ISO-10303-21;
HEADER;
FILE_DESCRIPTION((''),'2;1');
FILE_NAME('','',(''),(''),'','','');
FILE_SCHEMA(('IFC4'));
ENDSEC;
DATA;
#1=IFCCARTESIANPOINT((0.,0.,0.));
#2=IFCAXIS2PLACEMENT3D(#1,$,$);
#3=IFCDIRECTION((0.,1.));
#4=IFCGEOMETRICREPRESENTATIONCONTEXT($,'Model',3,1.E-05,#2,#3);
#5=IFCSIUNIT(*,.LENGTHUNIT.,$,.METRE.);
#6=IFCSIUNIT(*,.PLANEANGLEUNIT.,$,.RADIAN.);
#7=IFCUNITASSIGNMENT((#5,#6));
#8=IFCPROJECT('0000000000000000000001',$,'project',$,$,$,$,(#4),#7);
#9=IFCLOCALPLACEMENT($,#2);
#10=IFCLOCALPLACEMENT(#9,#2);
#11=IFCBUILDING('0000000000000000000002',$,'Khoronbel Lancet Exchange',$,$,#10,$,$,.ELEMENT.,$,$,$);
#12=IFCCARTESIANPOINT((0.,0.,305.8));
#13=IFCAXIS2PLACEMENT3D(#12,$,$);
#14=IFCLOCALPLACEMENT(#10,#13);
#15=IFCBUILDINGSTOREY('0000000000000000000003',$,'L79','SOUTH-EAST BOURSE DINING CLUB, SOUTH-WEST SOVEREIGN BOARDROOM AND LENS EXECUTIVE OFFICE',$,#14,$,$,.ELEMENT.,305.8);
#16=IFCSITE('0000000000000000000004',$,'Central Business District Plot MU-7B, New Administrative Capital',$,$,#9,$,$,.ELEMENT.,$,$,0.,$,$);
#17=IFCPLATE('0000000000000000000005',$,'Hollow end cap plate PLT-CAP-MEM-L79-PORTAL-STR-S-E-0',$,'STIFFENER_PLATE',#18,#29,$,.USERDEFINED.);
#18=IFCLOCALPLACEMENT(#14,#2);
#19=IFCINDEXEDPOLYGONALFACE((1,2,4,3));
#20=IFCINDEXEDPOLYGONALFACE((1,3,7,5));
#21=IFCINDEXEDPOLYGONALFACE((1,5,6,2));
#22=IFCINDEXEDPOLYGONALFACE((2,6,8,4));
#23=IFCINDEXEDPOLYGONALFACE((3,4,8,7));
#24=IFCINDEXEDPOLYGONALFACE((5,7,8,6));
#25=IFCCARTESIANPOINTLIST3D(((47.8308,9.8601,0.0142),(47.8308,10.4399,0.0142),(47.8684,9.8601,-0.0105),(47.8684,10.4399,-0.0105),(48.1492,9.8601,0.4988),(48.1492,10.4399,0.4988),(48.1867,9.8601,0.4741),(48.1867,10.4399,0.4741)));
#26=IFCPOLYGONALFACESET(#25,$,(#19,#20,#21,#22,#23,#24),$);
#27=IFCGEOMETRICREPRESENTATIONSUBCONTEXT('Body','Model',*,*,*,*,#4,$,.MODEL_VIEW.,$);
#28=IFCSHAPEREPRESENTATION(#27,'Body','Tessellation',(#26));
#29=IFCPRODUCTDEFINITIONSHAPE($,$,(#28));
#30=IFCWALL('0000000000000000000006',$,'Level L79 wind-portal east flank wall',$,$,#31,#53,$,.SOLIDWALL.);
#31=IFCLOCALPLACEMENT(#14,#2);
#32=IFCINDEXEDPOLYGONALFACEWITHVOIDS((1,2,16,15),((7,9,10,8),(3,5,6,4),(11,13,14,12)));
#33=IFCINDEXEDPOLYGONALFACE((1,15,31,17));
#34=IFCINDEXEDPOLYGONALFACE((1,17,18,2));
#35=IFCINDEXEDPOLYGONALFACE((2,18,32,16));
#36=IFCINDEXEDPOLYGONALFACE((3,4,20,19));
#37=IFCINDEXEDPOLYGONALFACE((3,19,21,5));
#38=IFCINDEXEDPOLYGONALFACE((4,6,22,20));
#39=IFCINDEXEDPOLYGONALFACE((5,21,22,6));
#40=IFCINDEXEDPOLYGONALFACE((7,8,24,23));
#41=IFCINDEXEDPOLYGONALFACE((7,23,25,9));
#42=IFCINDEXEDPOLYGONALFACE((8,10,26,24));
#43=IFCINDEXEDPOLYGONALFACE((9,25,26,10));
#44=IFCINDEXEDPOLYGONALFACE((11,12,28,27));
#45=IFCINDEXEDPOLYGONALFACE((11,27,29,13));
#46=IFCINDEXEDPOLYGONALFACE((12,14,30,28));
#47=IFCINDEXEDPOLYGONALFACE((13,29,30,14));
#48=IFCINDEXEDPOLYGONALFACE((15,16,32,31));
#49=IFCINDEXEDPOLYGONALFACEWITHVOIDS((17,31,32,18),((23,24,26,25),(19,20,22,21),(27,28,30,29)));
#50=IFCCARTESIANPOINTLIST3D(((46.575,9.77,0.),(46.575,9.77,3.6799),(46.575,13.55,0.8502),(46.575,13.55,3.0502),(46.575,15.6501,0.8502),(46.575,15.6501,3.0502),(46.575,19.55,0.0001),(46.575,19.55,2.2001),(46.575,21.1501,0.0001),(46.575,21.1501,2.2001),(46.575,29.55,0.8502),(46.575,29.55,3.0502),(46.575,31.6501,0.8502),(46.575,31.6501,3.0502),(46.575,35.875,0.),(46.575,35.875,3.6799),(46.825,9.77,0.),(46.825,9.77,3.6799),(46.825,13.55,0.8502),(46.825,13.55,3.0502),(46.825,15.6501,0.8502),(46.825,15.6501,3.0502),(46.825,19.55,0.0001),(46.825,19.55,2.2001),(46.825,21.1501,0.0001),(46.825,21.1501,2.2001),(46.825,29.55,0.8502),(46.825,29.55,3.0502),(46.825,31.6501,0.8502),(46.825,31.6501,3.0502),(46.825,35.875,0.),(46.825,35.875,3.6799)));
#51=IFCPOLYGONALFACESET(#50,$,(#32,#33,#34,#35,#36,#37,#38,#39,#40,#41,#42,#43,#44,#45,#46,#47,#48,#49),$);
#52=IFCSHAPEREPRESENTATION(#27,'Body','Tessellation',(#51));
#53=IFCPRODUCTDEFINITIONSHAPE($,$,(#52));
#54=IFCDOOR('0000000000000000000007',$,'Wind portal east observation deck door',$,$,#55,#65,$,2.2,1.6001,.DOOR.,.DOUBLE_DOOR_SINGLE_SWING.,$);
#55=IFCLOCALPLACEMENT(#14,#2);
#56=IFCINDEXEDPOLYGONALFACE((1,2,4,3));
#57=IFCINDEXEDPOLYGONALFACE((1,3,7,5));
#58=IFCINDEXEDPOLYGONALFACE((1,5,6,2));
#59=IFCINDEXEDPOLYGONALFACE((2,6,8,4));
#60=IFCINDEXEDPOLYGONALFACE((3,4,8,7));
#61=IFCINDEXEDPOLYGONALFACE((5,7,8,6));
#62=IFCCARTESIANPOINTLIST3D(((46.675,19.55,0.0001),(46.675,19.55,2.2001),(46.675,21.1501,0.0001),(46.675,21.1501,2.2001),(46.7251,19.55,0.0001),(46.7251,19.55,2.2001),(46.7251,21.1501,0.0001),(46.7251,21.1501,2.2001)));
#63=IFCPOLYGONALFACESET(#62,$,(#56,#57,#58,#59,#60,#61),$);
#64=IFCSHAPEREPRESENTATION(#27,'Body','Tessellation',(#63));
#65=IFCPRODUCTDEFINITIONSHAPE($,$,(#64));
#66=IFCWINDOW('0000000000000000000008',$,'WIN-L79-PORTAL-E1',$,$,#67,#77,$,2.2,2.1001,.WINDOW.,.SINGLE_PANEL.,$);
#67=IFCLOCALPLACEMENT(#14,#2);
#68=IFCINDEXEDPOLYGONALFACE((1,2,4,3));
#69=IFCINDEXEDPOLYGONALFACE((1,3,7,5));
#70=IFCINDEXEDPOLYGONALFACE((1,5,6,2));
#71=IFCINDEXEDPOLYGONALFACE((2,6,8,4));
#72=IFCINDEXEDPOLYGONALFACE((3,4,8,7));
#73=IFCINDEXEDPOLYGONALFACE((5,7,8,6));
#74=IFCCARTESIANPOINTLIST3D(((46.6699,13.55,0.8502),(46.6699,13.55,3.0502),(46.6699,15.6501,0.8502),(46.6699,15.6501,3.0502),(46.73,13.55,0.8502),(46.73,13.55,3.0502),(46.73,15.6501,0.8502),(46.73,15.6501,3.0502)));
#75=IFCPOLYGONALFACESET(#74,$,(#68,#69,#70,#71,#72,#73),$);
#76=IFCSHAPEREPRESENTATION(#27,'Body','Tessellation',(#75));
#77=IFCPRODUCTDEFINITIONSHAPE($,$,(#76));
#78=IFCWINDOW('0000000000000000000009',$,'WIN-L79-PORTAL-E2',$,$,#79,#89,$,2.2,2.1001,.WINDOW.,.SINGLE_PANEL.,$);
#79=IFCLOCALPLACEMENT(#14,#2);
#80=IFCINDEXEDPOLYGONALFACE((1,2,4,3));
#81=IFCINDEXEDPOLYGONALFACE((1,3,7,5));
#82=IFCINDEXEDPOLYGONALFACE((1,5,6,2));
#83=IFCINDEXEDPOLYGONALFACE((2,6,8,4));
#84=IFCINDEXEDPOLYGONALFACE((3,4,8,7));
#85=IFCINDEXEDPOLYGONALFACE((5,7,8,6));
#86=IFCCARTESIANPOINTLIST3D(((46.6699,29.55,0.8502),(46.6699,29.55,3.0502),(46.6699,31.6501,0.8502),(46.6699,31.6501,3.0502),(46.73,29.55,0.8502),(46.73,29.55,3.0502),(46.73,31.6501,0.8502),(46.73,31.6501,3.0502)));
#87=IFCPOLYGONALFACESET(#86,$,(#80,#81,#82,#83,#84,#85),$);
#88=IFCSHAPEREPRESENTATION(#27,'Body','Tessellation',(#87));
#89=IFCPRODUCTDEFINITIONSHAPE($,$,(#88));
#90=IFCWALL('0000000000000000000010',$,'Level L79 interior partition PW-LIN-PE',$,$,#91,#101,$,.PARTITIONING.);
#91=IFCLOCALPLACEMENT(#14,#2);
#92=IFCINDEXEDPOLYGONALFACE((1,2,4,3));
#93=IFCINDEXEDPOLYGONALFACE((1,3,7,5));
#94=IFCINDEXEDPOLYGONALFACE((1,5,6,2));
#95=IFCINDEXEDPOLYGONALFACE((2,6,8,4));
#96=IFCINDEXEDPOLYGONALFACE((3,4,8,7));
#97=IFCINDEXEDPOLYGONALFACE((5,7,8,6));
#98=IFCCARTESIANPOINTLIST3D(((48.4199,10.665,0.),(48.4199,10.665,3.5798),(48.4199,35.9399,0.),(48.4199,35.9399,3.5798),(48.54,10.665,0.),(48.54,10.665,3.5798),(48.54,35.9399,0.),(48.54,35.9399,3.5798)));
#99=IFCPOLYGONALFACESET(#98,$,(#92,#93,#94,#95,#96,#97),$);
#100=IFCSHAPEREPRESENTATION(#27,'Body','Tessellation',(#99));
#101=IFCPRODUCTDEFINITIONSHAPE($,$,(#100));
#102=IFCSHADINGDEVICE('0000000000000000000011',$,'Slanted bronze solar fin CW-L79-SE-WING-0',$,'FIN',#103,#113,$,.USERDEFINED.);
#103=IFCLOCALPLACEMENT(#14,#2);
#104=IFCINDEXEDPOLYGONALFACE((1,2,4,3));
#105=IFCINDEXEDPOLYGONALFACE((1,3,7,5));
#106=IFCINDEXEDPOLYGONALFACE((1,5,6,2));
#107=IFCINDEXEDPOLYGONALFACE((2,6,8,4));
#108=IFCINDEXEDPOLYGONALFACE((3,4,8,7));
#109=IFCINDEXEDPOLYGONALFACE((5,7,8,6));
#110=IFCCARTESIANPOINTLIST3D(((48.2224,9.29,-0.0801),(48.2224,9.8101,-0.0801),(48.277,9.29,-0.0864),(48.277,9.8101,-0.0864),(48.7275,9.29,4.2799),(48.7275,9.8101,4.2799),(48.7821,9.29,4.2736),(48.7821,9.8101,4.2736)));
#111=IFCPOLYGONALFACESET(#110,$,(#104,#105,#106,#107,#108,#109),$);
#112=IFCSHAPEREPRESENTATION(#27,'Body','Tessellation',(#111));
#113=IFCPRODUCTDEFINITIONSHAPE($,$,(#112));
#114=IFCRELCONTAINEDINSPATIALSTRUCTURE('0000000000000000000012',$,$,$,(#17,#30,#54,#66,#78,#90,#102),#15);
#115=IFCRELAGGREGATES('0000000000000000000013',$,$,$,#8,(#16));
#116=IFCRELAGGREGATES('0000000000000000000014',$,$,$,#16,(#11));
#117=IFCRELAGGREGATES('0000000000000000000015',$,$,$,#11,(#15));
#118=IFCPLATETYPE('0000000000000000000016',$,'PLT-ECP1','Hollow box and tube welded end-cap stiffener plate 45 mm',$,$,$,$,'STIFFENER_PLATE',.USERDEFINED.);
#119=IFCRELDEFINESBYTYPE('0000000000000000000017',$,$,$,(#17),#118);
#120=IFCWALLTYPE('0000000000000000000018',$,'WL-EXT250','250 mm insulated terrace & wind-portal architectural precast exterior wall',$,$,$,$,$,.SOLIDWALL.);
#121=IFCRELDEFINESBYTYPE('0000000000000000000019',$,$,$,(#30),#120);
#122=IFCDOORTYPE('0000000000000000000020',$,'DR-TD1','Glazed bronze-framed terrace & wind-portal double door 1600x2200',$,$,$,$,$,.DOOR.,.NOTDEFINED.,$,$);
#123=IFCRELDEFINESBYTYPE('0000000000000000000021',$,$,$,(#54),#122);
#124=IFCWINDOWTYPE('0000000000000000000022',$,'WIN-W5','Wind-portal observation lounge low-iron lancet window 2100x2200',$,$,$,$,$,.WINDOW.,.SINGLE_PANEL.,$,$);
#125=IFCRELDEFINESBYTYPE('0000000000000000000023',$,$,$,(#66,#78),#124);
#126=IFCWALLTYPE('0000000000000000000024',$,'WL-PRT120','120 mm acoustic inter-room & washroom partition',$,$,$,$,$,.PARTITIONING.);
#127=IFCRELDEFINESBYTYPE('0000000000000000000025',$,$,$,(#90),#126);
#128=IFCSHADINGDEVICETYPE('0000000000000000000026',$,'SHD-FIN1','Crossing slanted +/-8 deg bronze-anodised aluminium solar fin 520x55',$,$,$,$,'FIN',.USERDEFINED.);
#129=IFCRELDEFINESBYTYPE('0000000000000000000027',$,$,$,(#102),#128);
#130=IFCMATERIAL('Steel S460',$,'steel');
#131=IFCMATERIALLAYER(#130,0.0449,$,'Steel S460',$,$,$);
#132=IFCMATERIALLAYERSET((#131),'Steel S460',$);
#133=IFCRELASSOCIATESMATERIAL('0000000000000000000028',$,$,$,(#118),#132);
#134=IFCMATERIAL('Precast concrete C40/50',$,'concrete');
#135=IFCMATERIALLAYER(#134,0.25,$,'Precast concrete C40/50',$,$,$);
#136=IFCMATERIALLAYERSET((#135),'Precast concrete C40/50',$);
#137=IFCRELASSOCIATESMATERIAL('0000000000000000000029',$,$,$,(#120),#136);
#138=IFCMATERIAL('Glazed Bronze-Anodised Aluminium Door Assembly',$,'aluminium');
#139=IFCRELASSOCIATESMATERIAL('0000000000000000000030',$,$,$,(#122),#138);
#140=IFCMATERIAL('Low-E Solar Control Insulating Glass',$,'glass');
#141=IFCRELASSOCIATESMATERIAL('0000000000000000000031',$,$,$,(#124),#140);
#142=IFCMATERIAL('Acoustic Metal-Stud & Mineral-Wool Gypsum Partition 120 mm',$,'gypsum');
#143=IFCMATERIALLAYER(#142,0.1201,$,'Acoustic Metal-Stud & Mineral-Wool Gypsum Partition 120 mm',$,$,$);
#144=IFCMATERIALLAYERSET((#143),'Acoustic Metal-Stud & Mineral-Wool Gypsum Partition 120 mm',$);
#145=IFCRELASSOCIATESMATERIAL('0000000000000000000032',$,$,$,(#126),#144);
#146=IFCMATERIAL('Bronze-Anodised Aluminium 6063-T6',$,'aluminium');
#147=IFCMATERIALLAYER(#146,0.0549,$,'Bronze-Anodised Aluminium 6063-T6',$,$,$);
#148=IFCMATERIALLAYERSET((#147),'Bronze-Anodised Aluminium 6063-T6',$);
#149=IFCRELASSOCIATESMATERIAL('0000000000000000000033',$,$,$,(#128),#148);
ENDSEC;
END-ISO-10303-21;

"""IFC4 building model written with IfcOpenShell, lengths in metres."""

from ifc_helpers import new_model, si_unit, direction, frame, frame_2d, origin, place, context, subcontext, project, spatial, polyline, rectangle, outline, extrude, material, layer, layer_set, type_object, element, fill, save


model = new_model("IFC4")

# Units and contexts
model_context = context("Model", 3, precision=1e-05, world=origin(), true_north=direction((0.0, 1.0)))
body_context = subcontext(model_context, "Body", "Model", "MODEL_VIEW")
ifc_project = project(units=[si_unit("LENGTHUNIT", "METRE"), si_unit("PLANEANGLEUNIT", "RADIAN")], contexts=[model_context])

# Site, building, storey
site_placement = place(None, origin())
site = spatial("IfcSite", under=ifc_project, at=site_placement, Name="Central Business District Plot MU-7B, New Administrative Capital", CompositionType="ELEMENT", RefElevation=0.0)
building_placement = place(site_placement, origin())
building = spatial("IfcBuilding", under=site, at=building_placement, Name="Khoronbel Lancet Exchange", CompositionType="ELEMENT")
storey_placement = place(building_placement, frame((0.0, 0.0, 305.8)))
storey = spatial("IfcBuildingStorey", under=building, at=storey_placement, Name="L79", Description="SOUTH-EAST BOURSE DINING CLUB, SOUTH-WEST SOVEREIGN BOARDROOM AND LENS EXECUTIVE OFFICE", CompositionType="ELEMENT", Elevation=305.8)

# Shared definitions
ifc_material_1 = material(Name="Steel S460", Category="steel")

# Shared definitions
ifc_material_2 = material(Name="Low-E Solar Control Insulating Glass", Category="glass")
ifc_material_3 = material(Name="Bronze-Anodised Aluminium 6063-T6", Category="aluminium")

# Plate
ifc_layer_1 = layer(ifc_material_1, 0.0449, Name="Steel S460")
ifc_layer_set_1 = layer_set([ifc_layer_1], Name="Steel S460")
plate_type_1 = type_object("IfcPlateType", Name="PLT-ECP1", Description="Hollow box and tube welded end-cap stiffener plate 45 mm", ElementType="STIFFENER_PLATE", PredefinedType="USERDEFINED", material=ifc_layer_set_1)
plate_1_placement = place(storey_placement, frame((47.8308, 10.4399, 0.0142), z_axis=(-0.835788, 0.0, 0.549052), x_axis=(0.0, -1.0, 0.0)))
element("IfcPlate", 1, at=plate_1_placement, inside=storey, type_object=plate_type_1, Name="Hollow end cap plate PLT-CAP-MEM-L79-PORTAL-STR-S-E-0", ObjectType="STIFFENER_PLATE", PredefinedType="USERDEFINED", context=body_context, shape_type="SweptSolid", body=[
    extrude(outline(polyline([(0.0, 0.0), (0.5798, 0.0), (0.5798, 0.5798), (0.0, 0.5798), (0.0, 0.0)])), origin(), (0.0, 0.0, -1.0), 0.0449),
])

# Wall, openings, door, windows
ifc_material_4 = material(Name="Precast concrete C40/50", Category="concrete")
ifc_layer_2 = layer(ifc_material_4, 0.25, Name="Precast concrete C40/50")
ifc_layer_set_2 = layer_set([ifc_layer_2], Name="Precast concrete C40/50")
wall_type_1 = type_object("IfcWallType", Name="WL-EXT250", Description="250 mm insulated terrace & wind-portal architectural precast exterior wall", PredefinedType="SOLIDWALL", material=ifc_layer_set_2)
wall_1_placement = place(storey_placement, frame((46.7, 9.77, 0.0), z_axis=(0.0, 0.0, 1.0), x_axis=(0.0, 1.0, 0.0)))
wall_1 = element("IfcWall", 2, at=wall_1_placement, inside=storey, type_object=wall_type_1, Name="Level L79 wind-portal east flank wall", PredefinedType="SOLIDWALL", context=body_context, shape_type="SweptSolid", body=[
    extrude(rectangle(XDim=26.105, YDim=0.25, at=frame_2d((13.0525, 0.0))), origin(), (0.0, 0.0, 1.0), 3.6799),
])
opening_1_placement = place(wall_1_placement, frame((9.78, 0.0, 0.0)))
opening_1 = element("IfcOpeningElement", 3, at=opening_1_placement, cuts=wall_1, PredefinedType="OPENING", context=body_context, shape_type="SweptSolid", body=[
    extrude(rectangle(XDim=1.6001, YDim=2.2, at=frame_2d((0.8, 1.1001))), frame((0.0, 0.135, 0.0), z_axis=(0.0, -1.0, 0.0), x_axis=(1.0, 0.0, 0.0)), (0.0, 0.0, 1.0), 0.27),
])
opening_2_placement = place(wall_1_placement, frame((3.78, 0.0, 0.8501)))
opening_2 = element("IfcOpeningElement", 4, at=opening_2_placement, cuts=wall_1, PredefinedType="OPENING", context=body_context, shape_type="SweptSolid", body=[
    extrude(rectangle(XDim=2.1001, YDim=2.2, at=frame_2d((1.05, 1.1001))), frame((0.0, 0.135, 0.0), z_axis=(0.0, -1.0, 0.0), x_axis=(1.0, 0.0, 0.0)), (0.0, 0.0, 1.0), 0.27),
])
opening_3_placement = place(wall_1_placement, frame((19.78, 0.0, 0.8501)))
opening_3 = element("IfcOpeningElement", 5, at=opening_3_placement, cuts=wall_1, PredefinedType="OPENING", context=body_context, shape_type="SweptSolid", body=[
    extrude(rectangle(XDim=2.1001, YDim=2.2, at=frame_2d((1.05, 1.1001))), frame((0.0, 0.135, 0.0), z_axis=(0.0, -1.0, 0.0), x_axis=(1.0, 0.0, 0.0)), (0.0, 0.0, 1.0), 0.27),
])
ifc_material_5 = material(Name="Glazed Bronze-Anodised Aluminium Door Assembly", Category="aluminium")
door_type = type_object("IfcDoorType", Name="DR-TD1", Description="Glazed bronze-framed terrace & wind-portal double door 1600x2200", OperationType="NOTDEFINED", PredefinedType="DOOR", material=ifc_material_5)
door_placement = place(opening_1_placement, origin())
door = element("IfcDoor", 6, at=door_placement, inside=storey, type_object=door_type, Name="Wind portal east observation deck door", OperationType="DOUBLE_DOOR_SINGLE_SWING", OverallHeight=2.2, OverallWidth=1.6001, PredefinedType="DOOR", context=body_context, shape_type="SweptSolid", body=[
    extrude(rectangle(XDim=1.6001, YDim=2.2, at=frame_2d((0.8, 1.1001))), frame((0.0, 0.0249, 0.0), z_axis=(0.0, -1.0, 0.0), x_axis=(1.0, 0.0, 0.0)), (0.0, 0.0, 1.0), 0.05),
])
fill(opening_1, door)
window_type = type_object("IfcWindowType", Name="WIN-W5", Description="Wind-portal observation lounge low-iron lancet window 2100x2200", PartitioningType="SINGLE_PANEL", PredefinedType="WINDOW", material=ifc_material_2)
window_1_placement = place(opening_2_placement, origin())
window_1 = element("IfcWindow", 7, at=window_1_placement, inside=storey, type_object=window_type, Name="WIN-L79-PORTAL-E1", OverallHeight=2.2, OverallWidth=2.1001, PartitioningType="SINGLE_PANEL", PredefinedType="WINDOW", context=body_context, shape_type="SweptSolid", body=[
    extrude(rectangle(XDim=2.1001, YDim=2.2, at=frame_2d((1.05, 1.1001))), frame((0.0, 0.03, 0.0), z_axis=(0.0, -1.0, 0.0), x_axis=(1.0, 0.0, 0.0)), (0.0, 0.0, 1.0), 0.0601),
])
fill(opening_2, window_1)
window_2_placement = place(opening_3_placement, origin())
window_2 = element("IfcWindow", 8, at=window_2_placement, inside=storey, type_object=window_type, Name="WIN-L79-PORTAL-E2", OverallHeight=2.2, OverallWidth=2.1001, PartitioningType="SINGLE_PANEL", PredefinedType="WINDOW", context=body_context, shape_type="SweptSolid", body=[
    extrude(rectangle(XDim=2.1001, YDim=2.2, at=frame_2d((1.05, 1.1001))), frame((0.0, 0.03, 0.0), z_axis=(0.0, -1.0, 0.0), x_axis=(1.0, 0.0, 0.0)), (0.0, 0.0, 1.0), 0.0601),
])
fill(opening_3, window_2)

# Wall
ifc_material_6 = material(Name="Acoustic Metal-Stud & Mineral-Wool Gypsum Partition 120 mm", Category="gypsum")
ifc_layer_3 = layer(ifc_material_6, 0.1201, Name="Acoustic Metal-Stud & Mineral-Wool Gypsum Partition 120 mm")
ifc_layer_set_3 = layer_set([ifc_layer_3], Name="Acoustic Metal-Stud & Mineral-Wool Gypsum Partition 120 mm")
wall_type_2 = type_object("IfcWallType", Name="WL-PRT120", Description="120 mm acoustic inter-room & washroom partition", PredefinedType="PARTITIONING", material=ifc_layer_set_3)
wall_2_placement = place(storey_placement, frame((48.48, 10.665, 0.0), z_axis=(0.0, 0.0, 1.0), x_axis=(0.0, 1.0, 0.0)))
element("IfcWall", 9, at=wall_2_placement, inside=storey, type_object=wall_type_2, Name="Level L79 interior partition PW-LIN-PE", PredefinedType="PARTITIONING", context=body_context, shape_type="SweptSolid", body=[
    extrude(rectangle(XDim=25.2749, YDim=0.1201, at=frame_2d((12.6375, 0.0))), origin(), (0.0, 0.0, 1.0), 3.5798),
])

# Shading device
ifc_layer_4 = layer(ifc_material_3, 0.0549, Name="Bronze-Anodised Aluminium 6063-T6")
ifc_layer_set_4 = layer_set([ifc_layer_4], Name="Bronze-Anodised Aluminium 6063-T6")
shading_device_type = type_object("IfcShadingDeviceType", Name="SHD-FIN1", Description="Crossing slanted +/-8 deg bronze-anodised aluminium solar fin 520x55", ElementType="FIN", PredefinedType="USERDEFINED", material=ifc_layer_set_4)
shading_device_placement = place(storey_placement, frame((48.2224, 9.8101, -0.0801), z_axis=(-0.993356, 0.0, 0.115082), x_axis=(0.0, -1.0, 0.0)))
element("IfcShadingDevice", 10, at=shading_device_placement, inside=storey, type_object=shading_device_type, Name="Slanted bronze solar fin CW-L79-SE-WING-0", ObjectType="FIN", PredefinedType="USERDEFINED", context=body_context, shape_type="SweptSolid", body=[
    extrude(outline(polyline([(0.0, 0.0), (0.52, 0.0), (0.52, 4.3892), (0.0, 4.3892), (0.0, 0.0)])), origin(), (0.0, 0.0, -1.0), 0.0549),
])

save(model, "model.ifc")
